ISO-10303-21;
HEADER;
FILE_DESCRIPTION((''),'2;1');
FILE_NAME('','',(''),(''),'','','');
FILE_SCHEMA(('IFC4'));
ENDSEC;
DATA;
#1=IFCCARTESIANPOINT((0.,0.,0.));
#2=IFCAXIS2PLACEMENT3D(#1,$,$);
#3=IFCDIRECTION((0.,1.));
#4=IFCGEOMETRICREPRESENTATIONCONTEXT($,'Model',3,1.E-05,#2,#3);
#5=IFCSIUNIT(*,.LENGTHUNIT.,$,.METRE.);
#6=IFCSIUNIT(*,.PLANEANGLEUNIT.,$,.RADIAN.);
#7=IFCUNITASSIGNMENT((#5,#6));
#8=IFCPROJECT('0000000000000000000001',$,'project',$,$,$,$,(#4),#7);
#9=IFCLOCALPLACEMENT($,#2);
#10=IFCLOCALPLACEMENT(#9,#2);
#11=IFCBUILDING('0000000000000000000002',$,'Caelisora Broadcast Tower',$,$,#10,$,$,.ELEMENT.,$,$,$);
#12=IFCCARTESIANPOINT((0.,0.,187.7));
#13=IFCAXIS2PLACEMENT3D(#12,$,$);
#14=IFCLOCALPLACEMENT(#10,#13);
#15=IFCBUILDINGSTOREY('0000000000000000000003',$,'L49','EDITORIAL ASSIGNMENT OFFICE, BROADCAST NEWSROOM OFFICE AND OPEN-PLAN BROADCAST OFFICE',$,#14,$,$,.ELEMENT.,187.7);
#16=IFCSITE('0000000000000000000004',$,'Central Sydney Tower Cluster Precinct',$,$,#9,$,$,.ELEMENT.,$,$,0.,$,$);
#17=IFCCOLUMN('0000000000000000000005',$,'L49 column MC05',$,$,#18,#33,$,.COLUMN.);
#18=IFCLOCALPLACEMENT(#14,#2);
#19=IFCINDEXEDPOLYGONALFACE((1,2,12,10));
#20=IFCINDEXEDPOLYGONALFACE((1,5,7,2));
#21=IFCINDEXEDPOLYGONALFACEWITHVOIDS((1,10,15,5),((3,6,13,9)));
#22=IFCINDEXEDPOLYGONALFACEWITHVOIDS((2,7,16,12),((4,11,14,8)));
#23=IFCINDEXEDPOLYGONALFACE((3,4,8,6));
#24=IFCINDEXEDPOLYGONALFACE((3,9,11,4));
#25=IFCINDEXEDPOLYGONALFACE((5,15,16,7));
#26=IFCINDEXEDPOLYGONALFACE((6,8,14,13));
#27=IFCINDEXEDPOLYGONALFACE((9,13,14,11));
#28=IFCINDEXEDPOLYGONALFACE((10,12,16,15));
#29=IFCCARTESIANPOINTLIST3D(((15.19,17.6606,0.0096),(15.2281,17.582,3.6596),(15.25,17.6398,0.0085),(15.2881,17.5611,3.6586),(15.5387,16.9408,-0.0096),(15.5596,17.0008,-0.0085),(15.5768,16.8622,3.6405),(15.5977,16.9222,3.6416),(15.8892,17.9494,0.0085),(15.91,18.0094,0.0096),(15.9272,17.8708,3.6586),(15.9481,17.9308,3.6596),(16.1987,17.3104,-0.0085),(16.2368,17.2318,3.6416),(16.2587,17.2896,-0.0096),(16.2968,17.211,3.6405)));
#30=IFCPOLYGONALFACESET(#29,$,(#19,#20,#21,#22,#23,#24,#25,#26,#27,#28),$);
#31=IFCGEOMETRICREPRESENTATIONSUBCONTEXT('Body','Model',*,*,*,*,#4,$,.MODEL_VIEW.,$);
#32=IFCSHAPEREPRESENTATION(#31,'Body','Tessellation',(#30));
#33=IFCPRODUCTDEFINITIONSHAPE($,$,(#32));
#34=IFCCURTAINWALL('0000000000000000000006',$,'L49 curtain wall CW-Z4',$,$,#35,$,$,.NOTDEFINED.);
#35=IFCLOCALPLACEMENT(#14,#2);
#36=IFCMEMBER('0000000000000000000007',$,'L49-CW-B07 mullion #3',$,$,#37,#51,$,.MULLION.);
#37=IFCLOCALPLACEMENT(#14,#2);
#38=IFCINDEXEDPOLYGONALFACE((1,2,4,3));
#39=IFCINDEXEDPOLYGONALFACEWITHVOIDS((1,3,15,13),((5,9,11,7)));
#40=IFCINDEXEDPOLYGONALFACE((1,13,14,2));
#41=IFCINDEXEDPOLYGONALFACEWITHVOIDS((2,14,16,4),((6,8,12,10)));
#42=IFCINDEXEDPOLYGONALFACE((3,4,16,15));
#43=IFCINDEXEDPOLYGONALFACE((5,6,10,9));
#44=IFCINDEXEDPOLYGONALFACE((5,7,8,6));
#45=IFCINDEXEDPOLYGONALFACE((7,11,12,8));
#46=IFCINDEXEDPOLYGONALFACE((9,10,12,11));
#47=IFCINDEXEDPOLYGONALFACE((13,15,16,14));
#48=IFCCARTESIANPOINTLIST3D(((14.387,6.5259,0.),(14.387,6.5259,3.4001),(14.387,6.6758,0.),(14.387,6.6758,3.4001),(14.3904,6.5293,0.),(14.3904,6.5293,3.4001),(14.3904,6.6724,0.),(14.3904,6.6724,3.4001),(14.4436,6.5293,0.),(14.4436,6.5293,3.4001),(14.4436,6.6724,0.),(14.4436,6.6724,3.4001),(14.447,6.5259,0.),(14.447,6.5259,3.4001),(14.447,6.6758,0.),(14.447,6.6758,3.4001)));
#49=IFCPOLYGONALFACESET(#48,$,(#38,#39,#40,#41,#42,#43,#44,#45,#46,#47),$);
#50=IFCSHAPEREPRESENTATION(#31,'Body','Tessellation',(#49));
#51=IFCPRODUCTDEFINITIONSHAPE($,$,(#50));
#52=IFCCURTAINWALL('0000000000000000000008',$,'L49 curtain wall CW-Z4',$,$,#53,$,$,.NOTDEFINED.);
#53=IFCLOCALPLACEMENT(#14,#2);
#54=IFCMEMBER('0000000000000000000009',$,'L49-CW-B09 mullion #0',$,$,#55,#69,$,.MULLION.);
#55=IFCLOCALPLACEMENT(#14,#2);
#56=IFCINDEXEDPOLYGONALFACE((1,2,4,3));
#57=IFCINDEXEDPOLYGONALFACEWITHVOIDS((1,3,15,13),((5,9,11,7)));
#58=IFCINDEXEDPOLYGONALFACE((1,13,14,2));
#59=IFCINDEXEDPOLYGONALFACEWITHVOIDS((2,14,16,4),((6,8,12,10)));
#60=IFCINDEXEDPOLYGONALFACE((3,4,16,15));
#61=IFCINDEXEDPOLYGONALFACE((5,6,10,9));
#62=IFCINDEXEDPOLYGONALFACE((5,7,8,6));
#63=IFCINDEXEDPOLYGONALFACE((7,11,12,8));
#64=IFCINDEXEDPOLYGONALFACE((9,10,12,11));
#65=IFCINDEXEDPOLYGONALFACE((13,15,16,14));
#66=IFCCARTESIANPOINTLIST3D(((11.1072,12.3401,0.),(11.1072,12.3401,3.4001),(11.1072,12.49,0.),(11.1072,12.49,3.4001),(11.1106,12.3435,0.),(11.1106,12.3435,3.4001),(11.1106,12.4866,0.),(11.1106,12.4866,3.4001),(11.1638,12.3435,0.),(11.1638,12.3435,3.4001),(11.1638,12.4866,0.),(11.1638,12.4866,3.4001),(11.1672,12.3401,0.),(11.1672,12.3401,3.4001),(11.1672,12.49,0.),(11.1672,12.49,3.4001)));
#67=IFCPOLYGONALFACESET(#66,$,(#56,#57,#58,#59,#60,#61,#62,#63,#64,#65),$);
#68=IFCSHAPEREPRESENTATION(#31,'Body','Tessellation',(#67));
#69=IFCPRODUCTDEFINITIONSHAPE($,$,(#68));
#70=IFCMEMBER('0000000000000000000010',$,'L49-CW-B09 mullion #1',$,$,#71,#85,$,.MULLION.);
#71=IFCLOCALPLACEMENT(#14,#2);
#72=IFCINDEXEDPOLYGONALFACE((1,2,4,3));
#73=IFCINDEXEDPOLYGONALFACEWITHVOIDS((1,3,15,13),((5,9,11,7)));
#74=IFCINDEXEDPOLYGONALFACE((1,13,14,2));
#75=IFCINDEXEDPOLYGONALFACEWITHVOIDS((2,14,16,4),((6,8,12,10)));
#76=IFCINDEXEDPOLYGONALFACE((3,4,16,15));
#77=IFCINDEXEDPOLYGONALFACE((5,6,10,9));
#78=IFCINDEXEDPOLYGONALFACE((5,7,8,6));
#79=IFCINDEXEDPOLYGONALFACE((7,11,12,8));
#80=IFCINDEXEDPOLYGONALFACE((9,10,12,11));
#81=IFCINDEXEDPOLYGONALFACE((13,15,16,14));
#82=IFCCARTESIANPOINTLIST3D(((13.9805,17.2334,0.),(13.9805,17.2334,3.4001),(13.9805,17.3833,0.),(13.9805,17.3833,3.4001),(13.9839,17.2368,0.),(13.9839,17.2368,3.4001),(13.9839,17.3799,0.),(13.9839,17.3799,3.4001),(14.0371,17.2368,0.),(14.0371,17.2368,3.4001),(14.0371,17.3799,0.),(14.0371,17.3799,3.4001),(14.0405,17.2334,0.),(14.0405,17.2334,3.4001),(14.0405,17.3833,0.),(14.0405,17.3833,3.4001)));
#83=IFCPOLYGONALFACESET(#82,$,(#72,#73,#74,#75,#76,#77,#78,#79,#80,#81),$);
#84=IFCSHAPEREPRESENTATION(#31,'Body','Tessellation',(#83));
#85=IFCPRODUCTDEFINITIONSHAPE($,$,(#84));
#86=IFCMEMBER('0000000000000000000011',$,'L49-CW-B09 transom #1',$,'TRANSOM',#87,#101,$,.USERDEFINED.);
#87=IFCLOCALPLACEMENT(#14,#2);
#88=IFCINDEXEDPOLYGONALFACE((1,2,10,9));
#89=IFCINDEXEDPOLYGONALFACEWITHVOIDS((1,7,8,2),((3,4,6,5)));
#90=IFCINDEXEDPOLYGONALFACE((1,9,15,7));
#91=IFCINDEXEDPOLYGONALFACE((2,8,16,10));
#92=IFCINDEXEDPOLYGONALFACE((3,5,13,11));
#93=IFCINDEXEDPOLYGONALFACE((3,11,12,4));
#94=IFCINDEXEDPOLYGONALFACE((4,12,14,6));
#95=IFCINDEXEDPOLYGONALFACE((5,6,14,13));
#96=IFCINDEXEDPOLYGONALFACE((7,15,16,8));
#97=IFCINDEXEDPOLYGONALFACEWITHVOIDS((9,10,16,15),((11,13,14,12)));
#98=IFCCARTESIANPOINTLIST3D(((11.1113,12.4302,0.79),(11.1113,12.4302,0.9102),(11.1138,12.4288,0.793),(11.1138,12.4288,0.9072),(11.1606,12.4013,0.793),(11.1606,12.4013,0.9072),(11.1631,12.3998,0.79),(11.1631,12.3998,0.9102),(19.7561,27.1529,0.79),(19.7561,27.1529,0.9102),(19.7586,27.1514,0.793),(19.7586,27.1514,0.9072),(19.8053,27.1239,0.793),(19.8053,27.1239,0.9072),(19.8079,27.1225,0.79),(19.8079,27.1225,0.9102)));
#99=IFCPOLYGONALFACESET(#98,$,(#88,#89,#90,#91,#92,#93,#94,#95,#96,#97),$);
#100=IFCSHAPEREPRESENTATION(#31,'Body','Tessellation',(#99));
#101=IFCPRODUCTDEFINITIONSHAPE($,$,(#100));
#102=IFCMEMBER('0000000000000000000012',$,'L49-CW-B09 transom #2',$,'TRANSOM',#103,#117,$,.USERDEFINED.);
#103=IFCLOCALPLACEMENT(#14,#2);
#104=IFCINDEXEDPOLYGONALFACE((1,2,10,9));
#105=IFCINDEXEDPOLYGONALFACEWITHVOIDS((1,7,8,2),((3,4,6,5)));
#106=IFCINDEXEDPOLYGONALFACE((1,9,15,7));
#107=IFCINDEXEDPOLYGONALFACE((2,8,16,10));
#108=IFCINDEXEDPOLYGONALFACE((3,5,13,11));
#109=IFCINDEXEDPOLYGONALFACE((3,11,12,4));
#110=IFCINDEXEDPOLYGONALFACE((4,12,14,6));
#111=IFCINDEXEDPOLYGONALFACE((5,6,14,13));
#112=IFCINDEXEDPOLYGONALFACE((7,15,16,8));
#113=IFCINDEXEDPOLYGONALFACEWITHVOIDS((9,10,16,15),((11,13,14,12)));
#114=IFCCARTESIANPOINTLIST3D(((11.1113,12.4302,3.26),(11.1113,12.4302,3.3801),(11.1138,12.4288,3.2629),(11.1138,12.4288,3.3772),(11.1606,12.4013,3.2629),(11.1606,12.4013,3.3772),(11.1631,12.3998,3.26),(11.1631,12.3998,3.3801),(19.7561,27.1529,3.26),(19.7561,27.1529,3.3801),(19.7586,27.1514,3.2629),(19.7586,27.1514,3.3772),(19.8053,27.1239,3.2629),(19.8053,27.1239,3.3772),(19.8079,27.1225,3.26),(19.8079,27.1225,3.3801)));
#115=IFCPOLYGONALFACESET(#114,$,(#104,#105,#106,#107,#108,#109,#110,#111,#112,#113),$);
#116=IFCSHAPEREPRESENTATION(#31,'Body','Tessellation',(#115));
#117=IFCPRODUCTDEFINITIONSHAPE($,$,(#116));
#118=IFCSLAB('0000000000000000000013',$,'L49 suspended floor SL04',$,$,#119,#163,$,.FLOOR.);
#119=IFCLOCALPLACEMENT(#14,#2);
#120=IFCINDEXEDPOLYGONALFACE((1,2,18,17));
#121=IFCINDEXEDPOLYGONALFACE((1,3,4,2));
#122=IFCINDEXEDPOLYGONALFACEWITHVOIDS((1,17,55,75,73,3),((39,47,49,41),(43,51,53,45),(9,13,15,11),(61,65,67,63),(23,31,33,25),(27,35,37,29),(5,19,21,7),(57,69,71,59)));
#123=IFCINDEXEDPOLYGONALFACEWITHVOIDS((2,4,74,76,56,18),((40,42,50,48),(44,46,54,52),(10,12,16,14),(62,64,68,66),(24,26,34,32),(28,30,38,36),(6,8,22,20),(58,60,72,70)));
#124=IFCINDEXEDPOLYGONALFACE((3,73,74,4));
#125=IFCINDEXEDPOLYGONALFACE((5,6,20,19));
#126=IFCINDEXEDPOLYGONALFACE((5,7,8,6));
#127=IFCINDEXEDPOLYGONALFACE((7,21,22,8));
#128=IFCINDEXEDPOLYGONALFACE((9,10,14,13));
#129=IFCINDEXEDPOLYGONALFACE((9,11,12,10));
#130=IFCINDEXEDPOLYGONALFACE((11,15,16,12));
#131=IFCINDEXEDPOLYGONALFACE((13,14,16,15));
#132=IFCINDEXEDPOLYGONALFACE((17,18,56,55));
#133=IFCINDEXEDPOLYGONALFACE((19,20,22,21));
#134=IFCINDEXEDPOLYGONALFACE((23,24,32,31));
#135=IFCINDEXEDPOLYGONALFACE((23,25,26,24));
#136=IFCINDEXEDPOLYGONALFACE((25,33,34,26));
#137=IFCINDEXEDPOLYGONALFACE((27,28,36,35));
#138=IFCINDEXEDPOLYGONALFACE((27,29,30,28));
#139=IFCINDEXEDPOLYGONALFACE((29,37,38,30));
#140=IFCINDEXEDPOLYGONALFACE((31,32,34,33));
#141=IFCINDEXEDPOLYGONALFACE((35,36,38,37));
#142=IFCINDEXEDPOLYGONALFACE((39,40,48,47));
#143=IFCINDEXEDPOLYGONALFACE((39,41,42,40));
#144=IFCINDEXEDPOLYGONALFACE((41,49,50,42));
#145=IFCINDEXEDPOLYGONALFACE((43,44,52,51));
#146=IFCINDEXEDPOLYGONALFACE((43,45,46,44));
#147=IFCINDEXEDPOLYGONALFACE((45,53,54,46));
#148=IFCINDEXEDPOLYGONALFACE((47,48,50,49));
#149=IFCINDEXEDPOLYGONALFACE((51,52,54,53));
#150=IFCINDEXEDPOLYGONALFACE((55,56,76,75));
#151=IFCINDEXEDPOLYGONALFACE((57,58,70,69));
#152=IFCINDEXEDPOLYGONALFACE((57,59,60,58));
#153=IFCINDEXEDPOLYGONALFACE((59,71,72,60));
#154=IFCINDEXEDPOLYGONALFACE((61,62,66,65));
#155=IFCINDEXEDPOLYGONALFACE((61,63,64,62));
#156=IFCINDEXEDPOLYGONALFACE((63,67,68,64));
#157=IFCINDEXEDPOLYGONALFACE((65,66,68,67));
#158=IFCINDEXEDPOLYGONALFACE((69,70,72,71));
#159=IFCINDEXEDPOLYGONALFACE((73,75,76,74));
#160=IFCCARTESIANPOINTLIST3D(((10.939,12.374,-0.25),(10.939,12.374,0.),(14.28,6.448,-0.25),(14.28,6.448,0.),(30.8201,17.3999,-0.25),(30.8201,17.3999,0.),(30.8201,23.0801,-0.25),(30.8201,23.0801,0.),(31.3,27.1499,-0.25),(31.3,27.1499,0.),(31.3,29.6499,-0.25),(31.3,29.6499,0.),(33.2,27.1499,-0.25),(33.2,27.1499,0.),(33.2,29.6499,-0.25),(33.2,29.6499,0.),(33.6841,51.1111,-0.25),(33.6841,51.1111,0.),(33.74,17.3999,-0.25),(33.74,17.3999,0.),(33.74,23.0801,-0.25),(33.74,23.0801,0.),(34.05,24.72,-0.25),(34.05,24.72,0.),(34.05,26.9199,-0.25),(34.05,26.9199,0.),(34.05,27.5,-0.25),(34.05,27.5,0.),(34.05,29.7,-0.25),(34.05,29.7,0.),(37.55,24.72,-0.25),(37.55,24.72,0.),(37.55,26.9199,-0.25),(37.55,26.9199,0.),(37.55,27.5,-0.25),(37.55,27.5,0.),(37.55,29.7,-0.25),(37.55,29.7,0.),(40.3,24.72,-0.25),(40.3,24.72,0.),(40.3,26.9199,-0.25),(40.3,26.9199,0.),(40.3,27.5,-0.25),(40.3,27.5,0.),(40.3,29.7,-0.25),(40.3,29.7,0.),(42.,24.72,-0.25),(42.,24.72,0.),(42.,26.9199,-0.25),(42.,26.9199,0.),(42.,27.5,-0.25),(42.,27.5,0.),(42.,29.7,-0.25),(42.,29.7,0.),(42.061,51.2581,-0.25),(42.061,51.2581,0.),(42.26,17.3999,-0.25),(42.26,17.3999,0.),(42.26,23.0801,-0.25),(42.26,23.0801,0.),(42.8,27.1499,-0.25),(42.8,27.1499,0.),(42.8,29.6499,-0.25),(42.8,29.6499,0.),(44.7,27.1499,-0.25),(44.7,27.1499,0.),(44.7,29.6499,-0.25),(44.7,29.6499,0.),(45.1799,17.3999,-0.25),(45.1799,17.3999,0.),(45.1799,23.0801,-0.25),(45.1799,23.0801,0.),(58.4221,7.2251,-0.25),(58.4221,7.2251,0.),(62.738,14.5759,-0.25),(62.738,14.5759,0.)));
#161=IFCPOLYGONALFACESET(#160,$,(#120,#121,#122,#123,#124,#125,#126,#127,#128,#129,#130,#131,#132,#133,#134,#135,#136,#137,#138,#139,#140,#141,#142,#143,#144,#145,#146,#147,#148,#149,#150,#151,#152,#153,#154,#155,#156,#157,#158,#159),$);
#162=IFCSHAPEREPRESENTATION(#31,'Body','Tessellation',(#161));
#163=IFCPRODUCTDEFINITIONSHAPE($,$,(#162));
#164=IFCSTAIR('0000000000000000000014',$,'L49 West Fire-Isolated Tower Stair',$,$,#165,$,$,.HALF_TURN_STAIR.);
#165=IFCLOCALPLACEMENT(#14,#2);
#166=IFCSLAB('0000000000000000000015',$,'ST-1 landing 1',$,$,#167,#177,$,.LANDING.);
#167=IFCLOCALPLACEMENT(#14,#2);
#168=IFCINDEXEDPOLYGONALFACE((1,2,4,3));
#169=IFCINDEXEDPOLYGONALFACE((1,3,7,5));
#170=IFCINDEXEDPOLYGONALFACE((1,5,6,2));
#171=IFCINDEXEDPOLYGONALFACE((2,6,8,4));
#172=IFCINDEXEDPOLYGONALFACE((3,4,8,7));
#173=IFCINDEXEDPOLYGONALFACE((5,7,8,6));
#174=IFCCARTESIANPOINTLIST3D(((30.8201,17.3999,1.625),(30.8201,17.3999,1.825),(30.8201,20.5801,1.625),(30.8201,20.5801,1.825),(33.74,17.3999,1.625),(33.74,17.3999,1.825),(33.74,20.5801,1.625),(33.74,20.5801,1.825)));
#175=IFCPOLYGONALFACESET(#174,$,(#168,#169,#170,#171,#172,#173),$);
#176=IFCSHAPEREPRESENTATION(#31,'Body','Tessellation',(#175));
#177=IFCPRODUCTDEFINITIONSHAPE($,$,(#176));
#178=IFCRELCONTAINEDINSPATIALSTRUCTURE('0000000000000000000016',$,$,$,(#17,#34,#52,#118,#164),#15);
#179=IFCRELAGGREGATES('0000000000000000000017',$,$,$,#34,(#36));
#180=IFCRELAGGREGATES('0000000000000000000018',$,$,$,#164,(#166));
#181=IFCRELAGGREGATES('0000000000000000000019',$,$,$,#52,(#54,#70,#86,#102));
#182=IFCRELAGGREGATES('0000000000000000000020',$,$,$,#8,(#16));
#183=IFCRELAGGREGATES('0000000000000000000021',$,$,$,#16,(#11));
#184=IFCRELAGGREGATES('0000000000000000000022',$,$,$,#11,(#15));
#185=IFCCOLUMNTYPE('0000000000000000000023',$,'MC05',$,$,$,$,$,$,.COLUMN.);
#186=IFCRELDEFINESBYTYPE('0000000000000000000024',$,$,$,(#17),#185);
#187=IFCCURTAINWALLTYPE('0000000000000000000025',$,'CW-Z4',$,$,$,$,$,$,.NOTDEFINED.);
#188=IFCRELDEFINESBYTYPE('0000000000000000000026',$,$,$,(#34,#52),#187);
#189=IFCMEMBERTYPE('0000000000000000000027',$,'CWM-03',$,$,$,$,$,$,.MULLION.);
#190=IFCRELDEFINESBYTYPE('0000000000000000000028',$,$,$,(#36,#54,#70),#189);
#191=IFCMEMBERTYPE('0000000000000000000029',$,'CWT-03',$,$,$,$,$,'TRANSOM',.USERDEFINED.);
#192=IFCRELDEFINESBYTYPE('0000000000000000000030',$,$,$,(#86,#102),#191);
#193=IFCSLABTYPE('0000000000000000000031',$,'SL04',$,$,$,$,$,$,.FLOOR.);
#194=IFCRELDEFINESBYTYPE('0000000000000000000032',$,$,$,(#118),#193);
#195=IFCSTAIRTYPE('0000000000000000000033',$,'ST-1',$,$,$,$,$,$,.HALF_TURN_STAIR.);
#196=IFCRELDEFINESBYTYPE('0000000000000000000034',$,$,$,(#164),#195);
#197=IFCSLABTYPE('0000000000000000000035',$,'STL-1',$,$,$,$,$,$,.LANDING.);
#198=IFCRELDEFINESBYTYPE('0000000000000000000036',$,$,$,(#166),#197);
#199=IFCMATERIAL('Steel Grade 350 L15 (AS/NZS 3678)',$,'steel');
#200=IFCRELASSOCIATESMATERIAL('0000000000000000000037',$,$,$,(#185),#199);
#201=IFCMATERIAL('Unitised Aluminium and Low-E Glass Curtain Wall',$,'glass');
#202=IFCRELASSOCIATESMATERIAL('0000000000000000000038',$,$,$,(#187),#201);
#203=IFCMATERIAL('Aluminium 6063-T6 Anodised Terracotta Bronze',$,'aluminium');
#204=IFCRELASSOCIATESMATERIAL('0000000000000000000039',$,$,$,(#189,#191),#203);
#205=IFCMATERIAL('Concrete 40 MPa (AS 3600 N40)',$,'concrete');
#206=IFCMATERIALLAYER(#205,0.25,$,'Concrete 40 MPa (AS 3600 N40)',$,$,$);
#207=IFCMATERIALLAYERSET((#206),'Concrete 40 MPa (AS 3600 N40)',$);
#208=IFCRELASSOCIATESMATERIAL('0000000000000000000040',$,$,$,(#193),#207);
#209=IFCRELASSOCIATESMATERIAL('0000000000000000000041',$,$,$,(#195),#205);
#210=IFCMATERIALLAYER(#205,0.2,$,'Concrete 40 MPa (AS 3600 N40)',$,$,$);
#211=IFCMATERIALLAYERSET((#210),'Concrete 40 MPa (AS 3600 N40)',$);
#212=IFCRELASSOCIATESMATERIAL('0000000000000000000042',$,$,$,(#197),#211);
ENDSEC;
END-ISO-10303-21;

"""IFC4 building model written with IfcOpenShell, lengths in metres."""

from ifc_helpers import new_model, si_unit, direction, frame, origin, origin_2d, place, context, subcontext, project, spatial, polyline, hollow_rectangle, outline, extrude, source, transform, mapped, material, layer, layer_set, material_profile, profile_set, type_object, type_shapes, element, aggregate, save


model = new_model("IFC4")

# Units and contexts
model_context = context("Model", 3, precision=1e-05, world=origin(), true_north=direction((0.0, 1.0)))
body_context = subcontext(model_context, "Body", "Model", "MODEL_VIEW")
ifc_project = project(units=[si_unit("LENGTHUNIT", "METRE"), si_unit("PLANEANGLEUNIT", "RADIAN")], contexts=[model_context])

# Site, building, storey
site_placement = place(None, origin())
site = spatial("IfcSite", under=ifc_project, at=site_placement, Name="Central Sydney Tower Cluster Precinct", CompositionType="ELEMENT", RefElevation=0.0)
building_placement = place(site_placement, origin())
building = spatial("IfcBuilding", under=site, at=building_placement, Name="Caelisora Broadcast Tower", CompositionType="ELEMENT")
storey_placement = place(building_placement, frame((0.0, 0.0, 187.7)))
storey = spatial("IfcBuildingStorey", under=building, at=storey_placement, Name="L49", Description="EDITORIAL ASSIGNMENT OFFICE, BROADCAST NEWSROOM OFFICE AND OPEN-PLAN BROADCAST OFFICE", CompositionType="ELEMENT", Elevation=187.7)

# Column
ifc_material_1 = material(Name="Steel Grade 350 L15 (AS/NZS 3678)", Category="steel")
ifc_material_profile_1 = material_profile(ifc_material_1, hollow_rectangle(XDim=0.8, YDim=0.8, WallThickness=0.0449, at=origin_2d()), Name="Steel Grade 350 L15 (AS/NZS 3678)")
ifc_profile_set_1 = profile_set([ifc_material_profile_1], Name="Steel Grade 350 L15 (AS/NZS 3678)")
column_type = type_object("IfcColumnType", Name="MC05", PredefinedType="COLUMN", material=ifc_profile_set_1)
shared_shape_1 = source(origin(), body_context, "Body", "SweptSolid", [
    extrude(hollow_rectangle(XDim=0.8, YDim=0.8, WallThickness=0.0449, at=origin_2d()), origin(), (0.0, 0.0, 1.0), 3.6511),
])
type_shapes(column_type, [shared_shape_1])
column_placement = place(storey_placement, frame((15.7244, 17.4751, 0.0), z_axis=(0.010431, -0.021531, 0.999714), x_axis=(0.899947, 0.435999, 0.0)))
element("IfcColumn", 1, at=column_placement, inside=storey, type_object=column_type, Name="L49 column MC05", PredefinedType="COLUMN", context=body_context, shape_type="MappedRepresentation", body=[
    mapped(shared_shape_1, transform((0.0, 0.0, 0.0), scale=1.0)),
])

# Curtain wall, member
ifc_material_2 = material(Name="Unitised Aluminium and Low-E Glass Curtain Wall", Category="glass")
curtain_wall_type = type_object("IfcCurtainWallType", Name="CW-Z4", PredefinedType="NOTDEFINED", material=ifc_material_2)
curtain_wall_1_placement = place(storey_placement, origin())
curtain_wall_1 = element("IfcCurtainWall", 2, at=curtain_wall_1_placement, inside=storey, type_object=curtain_wall_type, Name="L49 curtain wall CW-Z4", PredefinedType="NOTDEFINED")
ifc_material_3 = material(Name="Aluminium 6063-T6 Anodised Terracotta Bronze", Category="aluminium")
ifc_material_profile_2 = material_profile(ifc_material_3, hollow_rectangle(XDim=0.0601, YDim=0.1499, WallThickness=0.0034, at=origin_2d()), Name="Aluminium 6063-T6 Anodised Terracotta Bronze")
ifc_profile_set_2 = profile_set([ifc_material_profile_2], Name="Aluminium 6063-T6 Anodised Terracotta Bronze")
member_type_1 = type_object("IfcMemberType", Name="CWM-03", PredefinedType="MULLION", material=ifc_profile_set_2)
shared_shape_2 = source(origin(), body_context, "Body", "SweptSolid", [
    extrude(hollow_rectangle(XDim=0.0601, YDim=0.1499, WallThickness=0.0034, at=origin_2d()), origin(), (0.0, 0.0, 1.0), 3.4001),
])
type_shapes(member_type_1, [shared_shape_2])
member_1_placement = place(storey_placement, frame((14.417, 6.6008, 0.0), z_axis=(0.0, 0.0, 1.0), x_axis=(1.0, 0.0, 0.0)))
member_1 = element("IfcMember", 3, at=member_1_placement, type_object=member_type_1, Name="L49-CW-B07 mullion #3", PredefinedType="MULLION", context=body_context, shape_type="MappedRepresentation", body=[
    mapped(shared_shape_2, transform((0.0, 0.0, 0.0), scale=1.0)),
])
aggregate(curtain_wall_1, [member_1])

# Curtain wall, members
curtain_wall_2_placement = place(storey_placement, origin())
curtain_wall_2 = element("IfcCurtainWall", 4, at=curtain_wall_2_placement, inside=storey, type_object=curtain_wall_type, Name="L49 curtain wall CW-Z4", PredefinedType="NOTDEFINED")
member_2_placement = place(storey_placement, frame((11.1372, 12.415, 0.0), z_axis=(0.0, 0.0, 1.0), x_axis=(1.0, 0.0, 0.0)))
member_2 = element("IfcMember", 5, at=member_2_placement, type_object=member_type_1, Name="L49-CW-B09 mullion #0", PredefinedType="MULLION", context=body_context, shape_type="MappedRepresentation", body=[
    mapped(shared_shape_2, transform((0.0, 0.0, 0.0), scale=1.0)),
])
member_3_placement = place(storey_placement, frame((14.0105, 17.3083, 0.0), z_axis=(0.0, 0.0, 1.0), x_axis=(1.0, 0.0, 0.0)))
member_3 = element("IfcMember", 6, at=member_3_placement, type_object=member_type_1, Name="L49-CW-B09 mullion #1", PredefinedType="MULLION", context=body_context, shape_type="MappedRepresentation", body=[
    mapped(shared_shape_2, transform((0.0, 0.0, 0.0), scale=1.0)),
])
ifc_material_profile_3 = material_profile(ifc_material_3, hollow_rectangle(XDim=0.0601, YDim=0.1201, WallThickness=0.0029, at=origin_2d()), Name="Aluminium 6063-T6 Anodised Terracotta Bronze")
ifc_profile_set_3 = profile_set([ifc_material_profile_3], Name="Aluminium 6063-T6 Anodised Terracotta Bronze")
member_type_2 = type_object("IfcMemberType", Name="CWT-03", ElementType="TRANSOM", PredefinedType="USERDEFINED", material=ifc_profile_set_3)
shared_shape_3 = source(origin(), body_context, "Body", "SweptSolid", [
    extrude(hollow_rectangle(XDim=0.0601, YDim=0.1201, WallThickness=0.0029, at=origin_2d()), origin(), (0.0, 0.0, 1.0), 17.073),
])
type_shapes(member_type_2, [shared_shape_3])
member_4_placement = place(storey_placement, frame((11.1372, 12.415, 0.8501), z_axis=(0.506341, 0.862334, 0.0), x_axis=(-0.862334, 0.506341, 0.0)))
member_4 = element("IfcMember", 7, at=member_4_placement, type_object=member_type_2, Name="L49-CW-B09 transom #1", ObjectType="TRANSOM", PredefinedType="USERDEFINED", context=body_context, shape_type="MappedRepresentation", body=[
    mapped(shared_shape_3, transform((0.0, 0.0, 0.0), scale=1.0)),
])
member_5_placement = place(storey_placement, frame((11.1372, 12.415, 3.3201), z_axis=(0.506341, 0.862334, 0.0), x_axis=(-0.862334, 0.506341, 0.0)))
member_5 = element("IfcMember", 8, at=member_5_placement, type_object=member_type_2, Name="L49-CW-B09 transom #2", ObjectType="TRANSOM", PredefinedType="USERDEFINED", context=body_context, shape_type="MappedRepresentation", body=[
    mapped(shared_shape_3, transform((0.0, 0.0, 0.0), scale=1.0)),
])

# Slab
ifc_material_4 = material(Name="Concrete 40 MPa (AS 3600 N40)", Category="concrete")
ifc_layer_1 = layer(ifc_material_4, 0.25, Name="Concrete 40 MPa (AS 3600 N40)")
ifc_layer_set_1 = layer_set([ifc_layer_1], Name="Concrete 40 MPa (AS 3600 N40)")
slab_type_1 = type_object("IfcSlabType", Name="SL04", PredefinedType="FLOOR", material=ifc_layer_set_1)
slab_1_placement = place(storey_placement, frame((0.0, 0.0, -0.25)))
element("IfcSlab", 9, at=slab_1_placement, inside=storey, type_object=slab_type_1, Name="L49 suspended floor SL04", PredefinedType="FLOOR", context=body_context, shape_type="SweptSolid", body=[
    extrude(outline(polyline([(42.061, 51.2581), (33.6841, 51.1111), (10.939, 12.374), (14.28, 6.448), (58.4221, 7.2251), (62.738, 14.5759), (42.061, 51.2581)]), holes=[polyline([(30.8201, 17.3999), (33.74, 17.3999), (33.74, 23.0801), (30.8201, 23.0801), (30.8201, 17.3999)]), polyline([(42.26, 17.3999), (45.1799, 17.3999), (45.1799, 23.0801), (42.26, 23.0801), (42.26, 17.3999)]), polyline([(42.8, 27.1499), (44.7, 27.1499), (44.7, 29.6499), (42.8, 29.6499), (42.8, 27.1499)]), polyline([(40.3, 24.72), (42.0, 24.72), (42.0, 26.9199), (40.3, 26.9199), (40.3, 24.72)]), polyline([(40.3, 27.5), (42.0, 27.5), (42.0, 29.7), (40.3, 29.7), (40.3, 27.5)]), polyline([(34.05, 24.72), (37.55, 24.72), (37.55, 26.9199), (34.05, 26.9199), (34.05, 24.72)]), polyline([(34.05, 27.5), (37.55, 27.5), (37.55, 29.7), (34.05, 29.7), (34.05, 27.5)]), polyline([(31.3, 27.1499), (33.2, 27.1499), (33.2, 29.6499), (31.3, 29.6499), (31.3, 27.1499)])]), origin(), (0.0, 0.0, 1.0), 0.25),
])

# Stair, slab
stair_type_1 = type_object("IfcStairType", Name="ST-1", PredefinedType="HALF_TURN_STAIR", material=ifc_material_4)
stair_1_placement = place(storey_placement, origin())
stair_1 = element("IfcStair", 10, at=stair_1_placement, inside=storey, type_object=stair_type_1, Name="L49 West Fire-Isolated Tower Stair", PredefinedType="HALF_TURN_STAIR")
ifc_layer_2 = layer(ifc_material_4, 0.2, Name="Concrete 40 MPa (AS 3600 N40)")
ifc_layer_set_2 = layer_set([ifc_layer_2], Name="Concrete 40 MPa (AS 3600 N40)")
slab_type_2 = type_object("IfcSlabType", Name="STL-1", PredefinedType="LANDING", material=ifc_layer_set_2)
slab_2_placement = place(storey_placement, frame((0.0, 0.0, 1.625)))
slab_2 = element("IfcSlab", 11, at=slab_2_placement, type_object=slab_type_2, Name="ST-1 landing 1", PredefinedType="LANDING", context=body_context, shape_type="SweptSolid", body=[
    extrude(outline(polyline([(30.8201, 20.5801), (30.8201, 17.3999), (33.74, 17.3999), (33.74, 20.5801), (30.8201, 20.5801)])), origin(), (0.0, 0.0, 1.0), 0.2),
])
aggregate(stair_1, [slab_2])

aggregate(curtain_wall_2, [member_2, member_3, member_4, member_5])

save(model, "model.ifc")
